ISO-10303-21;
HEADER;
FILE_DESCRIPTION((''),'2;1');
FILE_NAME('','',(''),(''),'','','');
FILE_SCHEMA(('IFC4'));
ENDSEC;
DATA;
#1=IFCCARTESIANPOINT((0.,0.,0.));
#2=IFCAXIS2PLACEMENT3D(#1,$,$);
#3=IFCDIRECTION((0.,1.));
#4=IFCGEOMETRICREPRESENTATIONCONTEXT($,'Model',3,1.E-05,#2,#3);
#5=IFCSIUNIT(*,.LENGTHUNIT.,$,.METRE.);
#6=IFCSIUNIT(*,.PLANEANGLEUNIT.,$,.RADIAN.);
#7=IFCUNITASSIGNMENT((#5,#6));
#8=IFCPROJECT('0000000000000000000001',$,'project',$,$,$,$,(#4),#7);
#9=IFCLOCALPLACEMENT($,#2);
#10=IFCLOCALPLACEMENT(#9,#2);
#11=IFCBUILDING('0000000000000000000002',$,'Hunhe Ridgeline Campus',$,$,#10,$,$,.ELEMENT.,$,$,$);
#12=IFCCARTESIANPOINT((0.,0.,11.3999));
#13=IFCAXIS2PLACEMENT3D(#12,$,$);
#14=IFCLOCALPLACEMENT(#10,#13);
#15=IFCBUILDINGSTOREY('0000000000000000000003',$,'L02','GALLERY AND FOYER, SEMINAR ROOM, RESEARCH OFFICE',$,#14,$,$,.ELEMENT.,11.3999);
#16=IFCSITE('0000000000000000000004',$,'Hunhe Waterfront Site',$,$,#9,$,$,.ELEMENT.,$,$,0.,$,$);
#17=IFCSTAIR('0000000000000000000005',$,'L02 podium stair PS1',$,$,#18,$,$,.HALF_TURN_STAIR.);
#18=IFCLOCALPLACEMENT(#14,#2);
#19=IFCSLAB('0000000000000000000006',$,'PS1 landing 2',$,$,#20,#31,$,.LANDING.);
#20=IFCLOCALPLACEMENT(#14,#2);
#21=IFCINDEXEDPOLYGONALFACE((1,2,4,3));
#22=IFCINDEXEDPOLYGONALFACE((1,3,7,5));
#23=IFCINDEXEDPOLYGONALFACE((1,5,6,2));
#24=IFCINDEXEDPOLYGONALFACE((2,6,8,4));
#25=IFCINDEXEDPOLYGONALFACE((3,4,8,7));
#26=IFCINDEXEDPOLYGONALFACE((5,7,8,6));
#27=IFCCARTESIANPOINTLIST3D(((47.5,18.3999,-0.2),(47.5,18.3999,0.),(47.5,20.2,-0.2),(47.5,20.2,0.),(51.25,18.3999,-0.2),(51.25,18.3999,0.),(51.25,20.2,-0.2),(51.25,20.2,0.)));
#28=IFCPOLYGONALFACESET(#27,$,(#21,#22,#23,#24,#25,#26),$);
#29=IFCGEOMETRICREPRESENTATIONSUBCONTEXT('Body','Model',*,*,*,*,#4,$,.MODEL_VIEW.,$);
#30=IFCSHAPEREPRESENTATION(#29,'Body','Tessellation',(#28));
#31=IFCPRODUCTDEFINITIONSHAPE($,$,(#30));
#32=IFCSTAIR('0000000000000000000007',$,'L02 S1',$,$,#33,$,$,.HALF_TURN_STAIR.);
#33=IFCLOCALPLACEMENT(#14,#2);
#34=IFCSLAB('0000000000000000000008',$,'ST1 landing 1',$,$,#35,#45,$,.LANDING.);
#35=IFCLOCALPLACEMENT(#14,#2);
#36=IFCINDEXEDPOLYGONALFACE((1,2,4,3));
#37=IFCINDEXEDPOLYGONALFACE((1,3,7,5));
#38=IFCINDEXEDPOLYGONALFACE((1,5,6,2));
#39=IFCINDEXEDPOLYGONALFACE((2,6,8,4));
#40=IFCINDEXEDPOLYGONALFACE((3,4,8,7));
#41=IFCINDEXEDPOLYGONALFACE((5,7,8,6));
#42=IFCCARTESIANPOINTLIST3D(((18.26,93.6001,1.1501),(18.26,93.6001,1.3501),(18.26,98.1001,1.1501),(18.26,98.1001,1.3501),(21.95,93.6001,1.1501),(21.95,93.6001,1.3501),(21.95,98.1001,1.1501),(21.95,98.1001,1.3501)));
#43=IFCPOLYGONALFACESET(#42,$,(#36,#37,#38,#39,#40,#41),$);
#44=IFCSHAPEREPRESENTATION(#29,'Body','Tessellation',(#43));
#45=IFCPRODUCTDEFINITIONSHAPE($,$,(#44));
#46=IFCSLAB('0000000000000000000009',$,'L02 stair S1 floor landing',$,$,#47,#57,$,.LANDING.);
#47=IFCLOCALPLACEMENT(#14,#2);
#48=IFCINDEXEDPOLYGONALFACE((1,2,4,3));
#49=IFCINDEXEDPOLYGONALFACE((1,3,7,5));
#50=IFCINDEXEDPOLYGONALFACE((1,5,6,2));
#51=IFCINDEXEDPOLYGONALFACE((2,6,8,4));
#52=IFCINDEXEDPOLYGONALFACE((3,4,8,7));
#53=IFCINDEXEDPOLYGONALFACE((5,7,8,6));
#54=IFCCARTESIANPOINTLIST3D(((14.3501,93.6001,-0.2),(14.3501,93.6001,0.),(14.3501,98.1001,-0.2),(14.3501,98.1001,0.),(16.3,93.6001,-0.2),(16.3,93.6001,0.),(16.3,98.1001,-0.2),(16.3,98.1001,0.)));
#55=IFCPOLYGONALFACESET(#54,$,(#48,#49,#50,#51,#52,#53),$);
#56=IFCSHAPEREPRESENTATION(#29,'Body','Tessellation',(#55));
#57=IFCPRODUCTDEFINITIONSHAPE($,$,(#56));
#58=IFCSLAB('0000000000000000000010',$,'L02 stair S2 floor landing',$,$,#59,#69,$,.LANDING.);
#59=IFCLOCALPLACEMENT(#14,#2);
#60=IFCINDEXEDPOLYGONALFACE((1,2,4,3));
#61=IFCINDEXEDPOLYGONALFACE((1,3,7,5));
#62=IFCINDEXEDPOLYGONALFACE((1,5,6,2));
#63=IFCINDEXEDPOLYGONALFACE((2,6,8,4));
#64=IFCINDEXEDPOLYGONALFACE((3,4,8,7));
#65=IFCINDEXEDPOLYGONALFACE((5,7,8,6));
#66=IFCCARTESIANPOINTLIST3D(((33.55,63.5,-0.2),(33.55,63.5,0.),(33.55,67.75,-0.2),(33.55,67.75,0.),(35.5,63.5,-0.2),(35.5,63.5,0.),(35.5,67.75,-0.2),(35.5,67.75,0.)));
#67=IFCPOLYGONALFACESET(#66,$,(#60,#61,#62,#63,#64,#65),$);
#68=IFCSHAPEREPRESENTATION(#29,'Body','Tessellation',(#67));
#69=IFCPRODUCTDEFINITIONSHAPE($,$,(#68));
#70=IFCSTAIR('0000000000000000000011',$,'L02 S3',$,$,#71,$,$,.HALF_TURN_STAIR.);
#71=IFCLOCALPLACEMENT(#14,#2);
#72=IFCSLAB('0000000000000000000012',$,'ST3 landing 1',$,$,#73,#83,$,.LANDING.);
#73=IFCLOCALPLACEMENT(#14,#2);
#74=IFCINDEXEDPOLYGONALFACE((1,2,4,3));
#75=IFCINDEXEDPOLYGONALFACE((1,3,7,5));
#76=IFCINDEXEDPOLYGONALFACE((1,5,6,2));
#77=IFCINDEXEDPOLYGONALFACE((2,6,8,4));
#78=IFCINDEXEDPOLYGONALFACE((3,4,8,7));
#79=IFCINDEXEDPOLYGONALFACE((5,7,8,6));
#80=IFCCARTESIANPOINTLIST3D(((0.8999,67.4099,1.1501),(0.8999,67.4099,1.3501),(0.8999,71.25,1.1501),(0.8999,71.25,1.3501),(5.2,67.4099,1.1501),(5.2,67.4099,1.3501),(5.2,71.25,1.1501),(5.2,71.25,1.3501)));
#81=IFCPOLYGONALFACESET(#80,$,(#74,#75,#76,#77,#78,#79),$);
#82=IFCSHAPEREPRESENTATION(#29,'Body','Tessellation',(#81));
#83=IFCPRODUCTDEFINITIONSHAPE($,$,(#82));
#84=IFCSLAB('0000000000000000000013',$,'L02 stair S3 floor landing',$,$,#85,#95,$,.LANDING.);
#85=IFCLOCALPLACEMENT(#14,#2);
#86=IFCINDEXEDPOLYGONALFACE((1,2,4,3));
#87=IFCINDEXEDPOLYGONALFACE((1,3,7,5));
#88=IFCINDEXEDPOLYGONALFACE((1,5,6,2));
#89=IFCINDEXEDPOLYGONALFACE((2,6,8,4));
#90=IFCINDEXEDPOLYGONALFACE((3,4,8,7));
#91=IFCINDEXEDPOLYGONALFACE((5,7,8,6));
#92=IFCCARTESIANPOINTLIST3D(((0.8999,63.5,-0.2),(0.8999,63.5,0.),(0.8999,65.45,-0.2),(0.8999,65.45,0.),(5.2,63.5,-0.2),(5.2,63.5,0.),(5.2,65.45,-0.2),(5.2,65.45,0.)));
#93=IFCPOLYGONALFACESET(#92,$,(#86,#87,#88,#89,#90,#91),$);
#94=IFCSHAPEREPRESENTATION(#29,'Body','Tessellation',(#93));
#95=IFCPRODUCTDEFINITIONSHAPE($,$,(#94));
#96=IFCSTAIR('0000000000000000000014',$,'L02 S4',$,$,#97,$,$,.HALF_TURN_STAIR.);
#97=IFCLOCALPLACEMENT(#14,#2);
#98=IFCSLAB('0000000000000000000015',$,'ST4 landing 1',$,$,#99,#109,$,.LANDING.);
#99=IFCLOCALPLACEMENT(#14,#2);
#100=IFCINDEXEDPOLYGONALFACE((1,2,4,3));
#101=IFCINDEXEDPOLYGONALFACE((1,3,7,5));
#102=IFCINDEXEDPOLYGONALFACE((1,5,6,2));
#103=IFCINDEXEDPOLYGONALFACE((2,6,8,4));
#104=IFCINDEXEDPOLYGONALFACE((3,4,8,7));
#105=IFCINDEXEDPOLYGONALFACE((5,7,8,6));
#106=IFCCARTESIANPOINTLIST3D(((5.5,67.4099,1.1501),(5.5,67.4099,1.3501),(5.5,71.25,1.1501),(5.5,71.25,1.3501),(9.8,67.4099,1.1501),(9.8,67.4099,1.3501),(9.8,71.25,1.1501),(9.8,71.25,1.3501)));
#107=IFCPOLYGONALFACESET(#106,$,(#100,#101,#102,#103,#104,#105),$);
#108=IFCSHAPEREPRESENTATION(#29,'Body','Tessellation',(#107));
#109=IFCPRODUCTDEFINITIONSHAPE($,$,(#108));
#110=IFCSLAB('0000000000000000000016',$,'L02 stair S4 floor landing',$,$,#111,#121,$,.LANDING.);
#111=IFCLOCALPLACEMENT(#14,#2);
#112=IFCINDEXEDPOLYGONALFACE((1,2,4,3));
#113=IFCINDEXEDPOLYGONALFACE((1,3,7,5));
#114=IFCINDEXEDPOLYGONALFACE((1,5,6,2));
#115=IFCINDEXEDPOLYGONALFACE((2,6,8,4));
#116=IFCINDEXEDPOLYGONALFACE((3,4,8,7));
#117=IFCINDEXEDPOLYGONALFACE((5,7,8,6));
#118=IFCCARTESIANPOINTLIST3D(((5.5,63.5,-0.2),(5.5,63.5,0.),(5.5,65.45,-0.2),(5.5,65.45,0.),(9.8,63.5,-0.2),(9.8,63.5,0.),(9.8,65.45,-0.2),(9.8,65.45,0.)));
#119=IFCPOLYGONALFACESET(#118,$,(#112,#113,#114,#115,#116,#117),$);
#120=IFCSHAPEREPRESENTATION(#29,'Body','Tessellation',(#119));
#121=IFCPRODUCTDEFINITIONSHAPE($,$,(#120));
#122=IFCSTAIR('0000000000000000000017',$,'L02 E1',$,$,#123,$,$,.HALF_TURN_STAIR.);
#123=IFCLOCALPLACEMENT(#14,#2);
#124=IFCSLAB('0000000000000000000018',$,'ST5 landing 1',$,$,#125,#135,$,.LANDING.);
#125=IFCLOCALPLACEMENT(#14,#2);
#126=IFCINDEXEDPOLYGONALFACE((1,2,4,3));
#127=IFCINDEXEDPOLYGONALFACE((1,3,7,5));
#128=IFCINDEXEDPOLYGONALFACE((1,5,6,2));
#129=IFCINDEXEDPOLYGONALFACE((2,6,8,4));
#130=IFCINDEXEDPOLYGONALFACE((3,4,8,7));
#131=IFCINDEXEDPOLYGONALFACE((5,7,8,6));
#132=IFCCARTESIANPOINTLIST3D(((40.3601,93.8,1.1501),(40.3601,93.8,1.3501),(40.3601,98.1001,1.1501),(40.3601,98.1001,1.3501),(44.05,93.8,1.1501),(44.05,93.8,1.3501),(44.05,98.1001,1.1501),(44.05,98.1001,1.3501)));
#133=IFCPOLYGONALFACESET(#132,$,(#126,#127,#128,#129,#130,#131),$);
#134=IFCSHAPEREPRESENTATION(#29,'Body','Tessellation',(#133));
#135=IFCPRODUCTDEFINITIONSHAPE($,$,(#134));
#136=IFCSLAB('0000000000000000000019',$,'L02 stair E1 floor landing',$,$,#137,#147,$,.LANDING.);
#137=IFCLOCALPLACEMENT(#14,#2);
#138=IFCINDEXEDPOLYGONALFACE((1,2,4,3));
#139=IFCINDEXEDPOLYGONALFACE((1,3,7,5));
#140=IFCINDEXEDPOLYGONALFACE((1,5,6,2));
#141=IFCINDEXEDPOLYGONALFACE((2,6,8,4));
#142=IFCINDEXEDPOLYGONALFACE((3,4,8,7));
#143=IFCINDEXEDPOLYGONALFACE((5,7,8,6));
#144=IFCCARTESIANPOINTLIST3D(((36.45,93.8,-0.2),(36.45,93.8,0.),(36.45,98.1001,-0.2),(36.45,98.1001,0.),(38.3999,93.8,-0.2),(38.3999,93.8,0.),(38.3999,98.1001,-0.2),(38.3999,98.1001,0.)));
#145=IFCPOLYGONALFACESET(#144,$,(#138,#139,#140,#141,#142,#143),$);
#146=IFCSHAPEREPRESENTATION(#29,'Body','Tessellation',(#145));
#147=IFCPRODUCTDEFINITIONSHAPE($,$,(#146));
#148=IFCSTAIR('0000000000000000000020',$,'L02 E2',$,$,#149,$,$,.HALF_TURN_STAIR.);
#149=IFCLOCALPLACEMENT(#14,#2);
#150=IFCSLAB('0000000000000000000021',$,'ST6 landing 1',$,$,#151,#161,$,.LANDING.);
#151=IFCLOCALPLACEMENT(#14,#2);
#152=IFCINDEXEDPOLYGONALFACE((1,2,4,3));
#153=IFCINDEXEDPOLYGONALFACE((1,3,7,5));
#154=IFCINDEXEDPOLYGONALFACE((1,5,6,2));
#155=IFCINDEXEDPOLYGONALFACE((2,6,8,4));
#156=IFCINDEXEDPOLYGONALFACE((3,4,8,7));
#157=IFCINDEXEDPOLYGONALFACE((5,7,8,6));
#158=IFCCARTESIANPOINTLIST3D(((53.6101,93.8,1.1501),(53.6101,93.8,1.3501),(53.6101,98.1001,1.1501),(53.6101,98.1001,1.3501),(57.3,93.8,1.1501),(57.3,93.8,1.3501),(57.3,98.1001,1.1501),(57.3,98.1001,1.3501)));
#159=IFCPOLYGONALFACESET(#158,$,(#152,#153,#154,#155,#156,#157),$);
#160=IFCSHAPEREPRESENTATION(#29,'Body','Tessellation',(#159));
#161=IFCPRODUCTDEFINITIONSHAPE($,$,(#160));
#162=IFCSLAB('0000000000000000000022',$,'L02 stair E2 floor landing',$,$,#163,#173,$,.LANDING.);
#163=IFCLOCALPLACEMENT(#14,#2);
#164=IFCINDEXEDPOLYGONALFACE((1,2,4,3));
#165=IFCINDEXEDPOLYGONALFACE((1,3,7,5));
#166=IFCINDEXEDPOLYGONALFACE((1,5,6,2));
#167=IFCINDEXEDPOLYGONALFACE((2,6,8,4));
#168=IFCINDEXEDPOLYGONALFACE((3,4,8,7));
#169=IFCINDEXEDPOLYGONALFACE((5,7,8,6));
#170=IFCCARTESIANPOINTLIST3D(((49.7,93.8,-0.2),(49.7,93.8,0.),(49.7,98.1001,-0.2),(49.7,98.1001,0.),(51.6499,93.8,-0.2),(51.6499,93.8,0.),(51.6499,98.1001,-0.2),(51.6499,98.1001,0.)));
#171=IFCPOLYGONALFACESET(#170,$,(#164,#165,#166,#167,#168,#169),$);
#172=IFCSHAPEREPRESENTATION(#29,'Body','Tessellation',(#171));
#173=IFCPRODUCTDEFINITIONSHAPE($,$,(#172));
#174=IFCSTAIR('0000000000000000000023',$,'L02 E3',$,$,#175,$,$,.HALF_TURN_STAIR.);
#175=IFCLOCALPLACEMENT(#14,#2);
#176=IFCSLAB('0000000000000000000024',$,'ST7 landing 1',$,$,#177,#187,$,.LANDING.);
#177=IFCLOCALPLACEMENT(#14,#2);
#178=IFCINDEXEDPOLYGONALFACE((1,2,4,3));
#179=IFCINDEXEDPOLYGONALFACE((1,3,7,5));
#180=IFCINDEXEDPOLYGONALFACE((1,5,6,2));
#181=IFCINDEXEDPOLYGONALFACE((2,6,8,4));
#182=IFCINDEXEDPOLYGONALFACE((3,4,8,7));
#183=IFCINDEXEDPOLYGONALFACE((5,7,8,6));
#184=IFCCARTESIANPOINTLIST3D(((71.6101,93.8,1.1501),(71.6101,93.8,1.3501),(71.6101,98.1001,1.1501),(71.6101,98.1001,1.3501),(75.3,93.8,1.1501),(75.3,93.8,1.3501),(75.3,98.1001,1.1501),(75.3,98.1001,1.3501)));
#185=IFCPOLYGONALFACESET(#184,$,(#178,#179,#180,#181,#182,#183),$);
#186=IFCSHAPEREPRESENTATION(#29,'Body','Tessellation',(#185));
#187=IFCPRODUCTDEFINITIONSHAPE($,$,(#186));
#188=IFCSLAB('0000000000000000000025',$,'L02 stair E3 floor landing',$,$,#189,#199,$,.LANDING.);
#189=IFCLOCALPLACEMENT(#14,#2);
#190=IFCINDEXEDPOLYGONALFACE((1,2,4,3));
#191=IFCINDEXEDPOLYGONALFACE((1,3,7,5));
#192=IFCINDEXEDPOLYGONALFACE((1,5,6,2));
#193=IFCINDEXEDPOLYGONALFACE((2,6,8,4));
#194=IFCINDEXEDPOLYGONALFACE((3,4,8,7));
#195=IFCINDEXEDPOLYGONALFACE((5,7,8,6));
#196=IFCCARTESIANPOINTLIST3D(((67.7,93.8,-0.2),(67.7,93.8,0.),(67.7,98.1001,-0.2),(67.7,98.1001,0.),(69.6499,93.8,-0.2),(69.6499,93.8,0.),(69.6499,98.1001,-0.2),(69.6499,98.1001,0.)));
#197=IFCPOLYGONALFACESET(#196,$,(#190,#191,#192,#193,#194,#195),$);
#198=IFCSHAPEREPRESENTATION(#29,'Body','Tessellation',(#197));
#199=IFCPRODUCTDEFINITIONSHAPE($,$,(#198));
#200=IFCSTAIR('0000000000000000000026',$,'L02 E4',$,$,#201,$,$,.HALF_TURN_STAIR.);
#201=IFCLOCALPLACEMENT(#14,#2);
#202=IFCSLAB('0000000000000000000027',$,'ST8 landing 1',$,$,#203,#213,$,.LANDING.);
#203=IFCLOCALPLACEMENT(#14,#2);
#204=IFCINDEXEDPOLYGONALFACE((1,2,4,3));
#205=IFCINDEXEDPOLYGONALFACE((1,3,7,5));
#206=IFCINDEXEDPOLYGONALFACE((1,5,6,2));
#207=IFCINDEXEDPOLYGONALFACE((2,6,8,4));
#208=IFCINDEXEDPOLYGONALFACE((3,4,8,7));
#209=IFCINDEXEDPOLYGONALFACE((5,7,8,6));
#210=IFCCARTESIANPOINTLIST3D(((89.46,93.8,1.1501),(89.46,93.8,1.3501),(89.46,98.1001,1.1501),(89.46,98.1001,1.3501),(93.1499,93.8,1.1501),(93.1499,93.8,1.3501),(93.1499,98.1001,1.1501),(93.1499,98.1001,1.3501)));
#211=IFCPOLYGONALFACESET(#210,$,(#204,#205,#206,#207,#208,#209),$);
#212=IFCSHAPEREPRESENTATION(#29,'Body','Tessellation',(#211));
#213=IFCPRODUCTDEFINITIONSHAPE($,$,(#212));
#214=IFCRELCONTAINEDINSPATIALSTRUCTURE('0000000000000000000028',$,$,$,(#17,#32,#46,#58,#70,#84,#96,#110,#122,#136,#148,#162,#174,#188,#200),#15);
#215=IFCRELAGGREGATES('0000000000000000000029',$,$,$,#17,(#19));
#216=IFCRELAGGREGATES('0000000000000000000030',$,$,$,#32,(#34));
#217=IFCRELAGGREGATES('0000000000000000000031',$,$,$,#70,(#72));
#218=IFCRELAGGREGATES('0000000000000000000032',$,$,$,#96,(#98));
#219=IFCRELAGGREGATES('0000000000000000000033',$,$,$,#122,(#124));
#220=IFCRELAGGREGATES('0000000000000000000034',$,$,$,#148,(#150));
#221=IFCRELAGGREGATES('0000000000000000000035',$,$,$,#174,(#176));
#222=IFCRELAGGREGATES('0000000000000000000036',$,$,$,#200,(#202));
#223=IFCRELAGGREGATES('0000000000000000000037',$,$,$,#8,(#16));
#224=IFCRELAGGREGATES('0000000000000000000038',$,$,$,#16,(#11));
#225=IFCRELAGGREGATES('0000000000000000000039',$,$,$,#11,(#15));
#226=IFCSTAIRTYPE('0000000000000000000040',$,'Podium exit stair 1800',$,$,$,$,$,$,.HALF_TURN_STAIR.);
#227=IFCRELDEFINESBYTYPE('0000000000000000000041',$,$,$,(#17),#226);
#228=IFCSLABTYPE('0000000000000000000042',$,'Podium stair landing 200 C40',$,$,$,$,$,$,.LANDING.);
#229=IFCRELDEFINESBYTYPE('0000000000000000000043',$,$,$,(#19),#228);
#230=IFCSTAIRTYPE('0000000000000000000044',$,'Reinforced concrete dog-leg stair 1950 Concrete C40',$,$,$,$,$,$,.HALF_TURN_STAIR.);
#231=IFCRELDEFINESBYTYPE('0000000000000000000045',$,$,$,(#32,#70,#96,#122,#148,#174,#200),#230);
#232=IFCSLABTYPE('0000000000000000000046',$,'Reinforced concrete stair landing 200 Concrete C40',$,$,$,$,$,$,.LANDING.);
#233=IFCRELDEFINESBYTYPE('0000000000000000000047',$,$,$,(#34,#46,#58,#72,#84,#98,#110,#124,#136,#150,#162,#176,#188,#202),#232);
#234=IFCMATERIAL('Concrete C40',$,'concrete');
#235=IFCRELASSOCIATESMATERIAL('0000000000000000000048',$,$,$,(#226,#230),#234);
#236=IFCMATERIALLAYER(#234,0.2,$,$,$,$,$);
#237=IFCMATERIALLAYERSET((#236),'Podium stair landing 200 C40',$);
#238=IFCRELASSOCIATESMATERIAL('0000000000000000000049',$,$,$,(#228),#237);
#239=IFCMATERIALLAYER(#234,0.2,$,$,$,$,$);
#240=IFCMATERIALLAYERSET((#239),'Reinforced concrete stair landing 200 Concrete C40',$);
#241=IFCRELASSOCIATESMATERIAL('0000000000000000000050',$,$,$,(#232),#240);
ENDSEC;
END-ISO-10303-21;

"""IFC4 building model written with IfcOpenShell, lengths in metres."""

from ifc_helpers import new_model, si_unit, direction, frame, origin, place, context, subcontext, project, spatial, polyline, outline, extrude, material, layer, layer_set, type_object, element, aggregate, save


model = new_model("IFC4")

# Units and contexts
model_context = context("Model", 3, precision=1e-05, world=origin(), true_north=direction((0.0, 1.0)))
body_context = subcontext(model_context, "Body", "Model", "MODEL_VIEW")
ifc_project = project(units=[si_unit("LENGTHUNIT", "METRE"), si_unit("PLANEANGLEUNIT", "RADIAN")], contexts=[model_context])

# Site, building, storey
site_placement = place(None, origin())
site = spatial("IfcSite", under=ifc_project, at=site_placement, Name="Hunhe Waterfront Site", CompositionType="ELEMENT", RefElevation=0.0)
building_placement = place(site_placement, origin())
building = spatial("IfcBuilding", under=site, at=building_placement, Name="Hunhe Ridgeline Campus", CompositionType="ELEMENT")
storey_placement = place(building_placement, frame((0.0, 0.0, 11.3999)))
storey = spatial("IfcBuildingStorey", under=building, at=storey_placement, Name="L02", Description="GALLERY AND FOYER, SEMINAR ROOM, RESEARCH OFFICE", CompositionType="ELEMENT", Elevation=11.3999)

# Shared definitions
ifc_material = material(Name="Concrete C40", Category="concrete")

# Stairs, slabs
stair_type_1 = type_object("IfcStairType", Name="Podium exit stair 1800", PredefinedType="HALF_TURN_STAIR", material=ifc_material)
stair_1_placement = place(storey_placement, origin())
stair_1 = element("IfcStair", 1, at=stair_1_placement, inside=storey, type_object=stair_type_1, Name="L02 podium stair PS1", PredefinedType="HALF_TURN_STAIR")
ifc_layer_1 = layer(ifc_material, 0.2)
ifc_layer_set_1 = layer_set([ifc_layer_1], Name="Podium stair landing 200 C40")
slab_type_1 = type_object("IfcSlabType", Name="Podium stair landing 200 C40", PredefinedType="LANDING", material=ifc_layer_set_1)
slab_1_placement = place(storey_placement, frame((0.0, 0.0, -0.2)))
slab_1 = element("IfcSlab", 2, at=slab_1_placement, type_object=slab_type_1, Name="PS1 landing 2", PredefinedType="LANDING", context=body_context, shape_type="SweptSolid", body=[
    extrude(outline(polyline([(47.5, 18.3999), (51.25, 18.3999), (51.25, 20.2), (47.5, 20.2), (47.5, 18.3999)])), origin(), (0.0, 0.0, 1.0), 0.2),
])
aggregate(stair_1, [slab_1])
stair_type_2 = type_object("IfcStairType", Name="Reinforced concrete dog-leg stair 1950 Concrete C40", PredefinedType="HALF_TURN_STAIR", material=ifc_material)
stair_2_placement = place(storey_placement, origin())
stair_2 = element("IfcStair", 3, at=stair_2_placement, inside=storey, type_object=stair_type_2, Name="L02 S1", PredefinedType="HALF_TURN_STAIR")
ifc_layer_2 = layer(ifc_material, 0.2)
ifc_layer_set_2 = layer_set([ifc_layer_2], Name="Reinforced concrete stair landing 200 Concrete C40")
slab_type_2 = type_object("IfcSlabType", Name="Reinforced concrete stair landing 200 Concrete C40", PredefinedType="LANDING", material=ifc_layer_set_2)
slab_2_placement = place(storey_placement, frame((0.0, 0.0, 1.1501)))
slab_2 = element("IfcSlab", 4, at=slab_2_placement, type_object=slab_type_2, Name="ST1 landing 1", PredefinedType="LANDING", context=body_context, shape_type="SweptSolid", body=[
    extrude(outline(polyline([(18.26, 93.6001), (21.95, 93.6001), (21.95, 98.1001), (18.26, 98.1001), (18.26, 93.6001)])), origin(), (0.0, 0.0, 1.0), 0.2),
])
aggregate(stair_2, [slab_2])

# Slabs
slab_3_placement = place(storey_placement, frame((0.0, 0.0, -0.2)))
element("IfcSlab", 5, at=slab_3_placement, inside=storey, type_object=slab_type_2, Name="L02 stair S1 floor landing", PredefinedType="LANDING", context=body_context, shape_type="SweptSolid", body=[
    extrude(outline(polyline([(14.3501, 93.6001), (16.3, 93.6001), (16.3, 98.1001), (14.3501, 98.1001), (14.3501, 93.6001)])), origin(), (0.0, 0.0, 1.0), 0.2),
])
slab_4_placement = place(storey_placement, frame((0.0, 0.0, -0.2)))
element("IfcSlab", 6, at=slab_4_placement, inside=storey, type_object=slab_type_2, Name="L02 stair S2 floor landing", PredefinedType="LANDING", context=body_context, shape_type="SweptSolid", body=[
    extrude(outline(polyline([(35.5, 67.75), (33.55, 67.75), (33.55, 63.5), (35.5, 63.5), (35.5, 67.75)])), origin(), (0.0, 0.0, 1.0), 0.2),
])

# Stair, slab
stair_3_placement = place(storey_placement, origin())
stair_3 = element("IfcStair", 7, at=stair_3_placement, inside=storey, type_object=stair_type_2, Name="L02 S3", PredefinedType="HALF_TURN_STAIR")
slab_5_placement = place(storey_placement, frame((0.0, 0.0, 1.1501)))
slab_5 = element("IfcSlab", 8, at=slab_5_placement, type_object=slab_type_2, Name="ST3 landing 1", PredefinedType="LANDING", context=body_context, shape_type="SweptSolid", body=[
    extrude(outline(polyline([(5.2, 67.4099), (5.2, 71.25), (0.8999, 71.25), (0.8999, 67.4099), (5.2, 67.4099)])), origin(), (0.0, 0.0, 1.0), 0.2),
])
aggregate(stair_3, [slab_5])

# Slab
slab_6_placement = place(storey_placement, frame((0.0, 0.0, -0.2)))
element("IfcSlab", 9, at=slab_6_placement, inside=storey, type_object=slab_type_2, Name="L02 stair S3 floor landing", PredefinedType="LANDING", context=body_context, shape_type="SweptSolid", body=[
    extrude(outline(polyline([(5.2, 63.5), (5.2, 65.45), (0.8999, 65.45), (0.8999, 63.5), (5.2, 63.5)])), origin(), (0.0, 0.0, 1.0), 0.2),
])

# Stair, slab
stair_4_placement = place(storey_placement, origin())
stair_4 = element("IfcStair", 10, at=stair_4_placement, inside=storey, type_object=stair_type_2, Name="L02 S4", PredefinedType="HALF_TURN_STAIR")
slab_7_placement = place(storey_placement, frame((0.0, 0.0, 1.1501)))
slab_7 = element("IfcSlab", 11, at=slab_7_placement, type_object=slab_type_2, Name="ST4 landing 1", PredefinedType="LANDING", context=body_context, shape_type="SweptSolid", body=[
    extrude(outline(polyline([(9.8, 67.4099), (9.8, 71.25), (5.5, 71.25), (5.5, 67.4099), (9.8, 67.4099)])), origin(), (0.0, 0.0, 1.0), 0.2),
])
aggregate(stair_4, [slab_7])

# Slab
slab_8_placement = place(storey_placement, frame((0.0, 0.0, -0.2)))
element("IfcSlab", 12, at=slab_8_placement, inside=storey, type_object=slab_type_2, Name="L02 stair S4 floor landing", PredefinedType="LANDING", context=body_context, shape_type="SweptSolid", body=[
    extrude(outline(polyline([(9.8, 63.5), (9.8, 65.45), (5.5, 65.45), (5.5, 63.5), (9.8, 63.5)])), origin(), (0.0, 0.0, 1.0), 0.2),
])

# Stair, slab
stair_5_placement = place(storey_placement, origin())
stair_5 = element("IfcStair", 13, at=stair_5_placement, inside=storey, type_object=stair_type_2, Name="L02 E1", PredefinedType="HALF_TURN_STAIR")
slab_9_placement = place(storey_placement, frame((0.0, 0.0, 1.1501)))
slab_9 = element("IfcSlab", 14, at=slab_9_placement, type_object=slab_type_2, Name="ST5 landing 1", PredefinedType="LANDING", context=body_context, shape_type="SweptSolid", body=[
    extrude(outline(polyline([(40.3601, 93.8), (44.05, 93.8), (44.05, 98.1001), (40.3601, 98.1001), (40.3601, 93.8)])), origin(), (0.0, 0.0, 1.0), 0.2),
])
aggregate(stair_5, [slab_9])

# Slab
slab_10_placement = place(storey_placement, frame((0.0, 0.0, -0.2)))
element("IfcSlab", 15, at=slab_10_placement, inside=storey, type_object=slab_type_2, Name="L02 stair E1 floor landing", PredefinedType="LANDING", context=body_context, shape_type="SweptSolid", body=[
    extrude(outline(polyline([(36.45, 93.8), (38.3999, 93.8), (38.3999, 98.1001), (36.45, 98.1001), (36.45, 93.8)])), origin(), (0.0, 0.0, 1.0), 0.2),
])

# Stair, slab
stair_6_placement = place(storey_placement, origin())
stair_6 = element("IfcStair", 16, at=stair_6_placement, inside=storey, type_object=stair_type_2, Name="L02 E2", PredefinedType="HALF_TURN_STAIR")
slab_11_placement = place(storey_placement, frame((0.0, 0.0, 1.1501)))
slab_11 = element("IfcSlab", 17, at=slab_11_placement, type_object=slab_type_2, Name="ST6 landing 1", PredefinedType="LANDING", context=body_context, shape_type="SweptSolid", body=[
    extrude(outline(polyline([(53.6101, 93.8), (57.3, 93.8), (57.3, 98.1001), (53.6101, 98.1001), (53.6101, 93.8)])), origin(), (0.0, 0.0, 1.0), 0.2),
])
aggregate(stair_6, [slab_11])

# Slab
slab_12_placement = place(storey_placement, frame((0.0, 0.0, -0.2)))
element("IfcSlab", 18, at=slab_12_placement, inside=storey, type_object=slab_type_2, Name="L02 stair E2 floor landing", PredefinedType="LANDING", context=body_context, shape_type="SweptSolid", body=[
    extrude(outline(polyline([(49.7, 93.8), (51.6499, 93.8), (51.6499, 98.1001), (49.7, 98.1001), (49.7, 93.8)])), origin(), (0.0, 0.0, 1.0), 0.2),
])

# Stair, slab
stair_7_placement = place(storey_placement, origin())
stair_7 = element("IfcStair", 19, at=stair_7_placement, inside=storey, type_object=stair_type_2, Name="L02 E3", PredefinedType="HALF_TURN_STAIR")
slab_13_placement = place(storey_placement, frame((0.0, 0.0, 1.1501)))
slab_13 = element("IfcSlab", 20, at=slab_13_placement, type_object=slab_type_2, Name="ST7 landing 1", PredefinedType="LANDING", context=body_context, shape_type="SweptSolid", body=[
    extrude(outline(polyline([(71.6101, 93.8), (75.3, 93.8), (75.3, 98.1001), (71.6101, 98.1001), (71.6101, 93.8)])), origin(), (0.0, 0.0, 1.0), 0.2),
])
aggregate(stair_7, [slab_13])

# Slab
slab_14_placement = place(storey_placement, frame((0.0, 0.0, -0.2)))
element("IfcSlab", 21, at=slab_14_placement, inside=storey, type_object=slab_type_2, Name="L02 stair E3 floor landing", PredefinedType="LANDING", context=body_context, shape_type="SweptSolid", body=[
    extrude(outline(polyline([(67.7, 93.8), (69.6499, 93.8), (69.6499, 98.1001), (67.7, 98.1001), (67.7, 93.8)])), origin(), (0.0, 0.0, 1.0), 0.2),
])

# Stair, slab
stair_8_placement = place(storey_placement, origin())
stair_8 = element("IfcStair", 22, at=stair_8_placement, inside=storey, type_object=stair_type_2, Name="L02 E4", PredefinedType="HALF_TURN_STAIR")
slab_15_placement = place(storey_placement, frame((0.0, 0.0, 1.1501)))
slab_15 = element("IfcSlab", 23, at=slab_15_placement, type_object=slab_type_2, Name="ST8 landing 1", PredefinedType="LANDING", context=body_context, shape_type="SweptSolid", body=[
    extrude(outline(polyline([(89.46, 93.8), (93.1499, 93.8), (93.1499, 98.1001), (89.46, 98.1001), (89.46, 93.8)])), origin(), (0.0, 0.0, 1.0), 0.2),
])
aggregate(stair_8, [slab_15])

save(model, "model.ifc")
